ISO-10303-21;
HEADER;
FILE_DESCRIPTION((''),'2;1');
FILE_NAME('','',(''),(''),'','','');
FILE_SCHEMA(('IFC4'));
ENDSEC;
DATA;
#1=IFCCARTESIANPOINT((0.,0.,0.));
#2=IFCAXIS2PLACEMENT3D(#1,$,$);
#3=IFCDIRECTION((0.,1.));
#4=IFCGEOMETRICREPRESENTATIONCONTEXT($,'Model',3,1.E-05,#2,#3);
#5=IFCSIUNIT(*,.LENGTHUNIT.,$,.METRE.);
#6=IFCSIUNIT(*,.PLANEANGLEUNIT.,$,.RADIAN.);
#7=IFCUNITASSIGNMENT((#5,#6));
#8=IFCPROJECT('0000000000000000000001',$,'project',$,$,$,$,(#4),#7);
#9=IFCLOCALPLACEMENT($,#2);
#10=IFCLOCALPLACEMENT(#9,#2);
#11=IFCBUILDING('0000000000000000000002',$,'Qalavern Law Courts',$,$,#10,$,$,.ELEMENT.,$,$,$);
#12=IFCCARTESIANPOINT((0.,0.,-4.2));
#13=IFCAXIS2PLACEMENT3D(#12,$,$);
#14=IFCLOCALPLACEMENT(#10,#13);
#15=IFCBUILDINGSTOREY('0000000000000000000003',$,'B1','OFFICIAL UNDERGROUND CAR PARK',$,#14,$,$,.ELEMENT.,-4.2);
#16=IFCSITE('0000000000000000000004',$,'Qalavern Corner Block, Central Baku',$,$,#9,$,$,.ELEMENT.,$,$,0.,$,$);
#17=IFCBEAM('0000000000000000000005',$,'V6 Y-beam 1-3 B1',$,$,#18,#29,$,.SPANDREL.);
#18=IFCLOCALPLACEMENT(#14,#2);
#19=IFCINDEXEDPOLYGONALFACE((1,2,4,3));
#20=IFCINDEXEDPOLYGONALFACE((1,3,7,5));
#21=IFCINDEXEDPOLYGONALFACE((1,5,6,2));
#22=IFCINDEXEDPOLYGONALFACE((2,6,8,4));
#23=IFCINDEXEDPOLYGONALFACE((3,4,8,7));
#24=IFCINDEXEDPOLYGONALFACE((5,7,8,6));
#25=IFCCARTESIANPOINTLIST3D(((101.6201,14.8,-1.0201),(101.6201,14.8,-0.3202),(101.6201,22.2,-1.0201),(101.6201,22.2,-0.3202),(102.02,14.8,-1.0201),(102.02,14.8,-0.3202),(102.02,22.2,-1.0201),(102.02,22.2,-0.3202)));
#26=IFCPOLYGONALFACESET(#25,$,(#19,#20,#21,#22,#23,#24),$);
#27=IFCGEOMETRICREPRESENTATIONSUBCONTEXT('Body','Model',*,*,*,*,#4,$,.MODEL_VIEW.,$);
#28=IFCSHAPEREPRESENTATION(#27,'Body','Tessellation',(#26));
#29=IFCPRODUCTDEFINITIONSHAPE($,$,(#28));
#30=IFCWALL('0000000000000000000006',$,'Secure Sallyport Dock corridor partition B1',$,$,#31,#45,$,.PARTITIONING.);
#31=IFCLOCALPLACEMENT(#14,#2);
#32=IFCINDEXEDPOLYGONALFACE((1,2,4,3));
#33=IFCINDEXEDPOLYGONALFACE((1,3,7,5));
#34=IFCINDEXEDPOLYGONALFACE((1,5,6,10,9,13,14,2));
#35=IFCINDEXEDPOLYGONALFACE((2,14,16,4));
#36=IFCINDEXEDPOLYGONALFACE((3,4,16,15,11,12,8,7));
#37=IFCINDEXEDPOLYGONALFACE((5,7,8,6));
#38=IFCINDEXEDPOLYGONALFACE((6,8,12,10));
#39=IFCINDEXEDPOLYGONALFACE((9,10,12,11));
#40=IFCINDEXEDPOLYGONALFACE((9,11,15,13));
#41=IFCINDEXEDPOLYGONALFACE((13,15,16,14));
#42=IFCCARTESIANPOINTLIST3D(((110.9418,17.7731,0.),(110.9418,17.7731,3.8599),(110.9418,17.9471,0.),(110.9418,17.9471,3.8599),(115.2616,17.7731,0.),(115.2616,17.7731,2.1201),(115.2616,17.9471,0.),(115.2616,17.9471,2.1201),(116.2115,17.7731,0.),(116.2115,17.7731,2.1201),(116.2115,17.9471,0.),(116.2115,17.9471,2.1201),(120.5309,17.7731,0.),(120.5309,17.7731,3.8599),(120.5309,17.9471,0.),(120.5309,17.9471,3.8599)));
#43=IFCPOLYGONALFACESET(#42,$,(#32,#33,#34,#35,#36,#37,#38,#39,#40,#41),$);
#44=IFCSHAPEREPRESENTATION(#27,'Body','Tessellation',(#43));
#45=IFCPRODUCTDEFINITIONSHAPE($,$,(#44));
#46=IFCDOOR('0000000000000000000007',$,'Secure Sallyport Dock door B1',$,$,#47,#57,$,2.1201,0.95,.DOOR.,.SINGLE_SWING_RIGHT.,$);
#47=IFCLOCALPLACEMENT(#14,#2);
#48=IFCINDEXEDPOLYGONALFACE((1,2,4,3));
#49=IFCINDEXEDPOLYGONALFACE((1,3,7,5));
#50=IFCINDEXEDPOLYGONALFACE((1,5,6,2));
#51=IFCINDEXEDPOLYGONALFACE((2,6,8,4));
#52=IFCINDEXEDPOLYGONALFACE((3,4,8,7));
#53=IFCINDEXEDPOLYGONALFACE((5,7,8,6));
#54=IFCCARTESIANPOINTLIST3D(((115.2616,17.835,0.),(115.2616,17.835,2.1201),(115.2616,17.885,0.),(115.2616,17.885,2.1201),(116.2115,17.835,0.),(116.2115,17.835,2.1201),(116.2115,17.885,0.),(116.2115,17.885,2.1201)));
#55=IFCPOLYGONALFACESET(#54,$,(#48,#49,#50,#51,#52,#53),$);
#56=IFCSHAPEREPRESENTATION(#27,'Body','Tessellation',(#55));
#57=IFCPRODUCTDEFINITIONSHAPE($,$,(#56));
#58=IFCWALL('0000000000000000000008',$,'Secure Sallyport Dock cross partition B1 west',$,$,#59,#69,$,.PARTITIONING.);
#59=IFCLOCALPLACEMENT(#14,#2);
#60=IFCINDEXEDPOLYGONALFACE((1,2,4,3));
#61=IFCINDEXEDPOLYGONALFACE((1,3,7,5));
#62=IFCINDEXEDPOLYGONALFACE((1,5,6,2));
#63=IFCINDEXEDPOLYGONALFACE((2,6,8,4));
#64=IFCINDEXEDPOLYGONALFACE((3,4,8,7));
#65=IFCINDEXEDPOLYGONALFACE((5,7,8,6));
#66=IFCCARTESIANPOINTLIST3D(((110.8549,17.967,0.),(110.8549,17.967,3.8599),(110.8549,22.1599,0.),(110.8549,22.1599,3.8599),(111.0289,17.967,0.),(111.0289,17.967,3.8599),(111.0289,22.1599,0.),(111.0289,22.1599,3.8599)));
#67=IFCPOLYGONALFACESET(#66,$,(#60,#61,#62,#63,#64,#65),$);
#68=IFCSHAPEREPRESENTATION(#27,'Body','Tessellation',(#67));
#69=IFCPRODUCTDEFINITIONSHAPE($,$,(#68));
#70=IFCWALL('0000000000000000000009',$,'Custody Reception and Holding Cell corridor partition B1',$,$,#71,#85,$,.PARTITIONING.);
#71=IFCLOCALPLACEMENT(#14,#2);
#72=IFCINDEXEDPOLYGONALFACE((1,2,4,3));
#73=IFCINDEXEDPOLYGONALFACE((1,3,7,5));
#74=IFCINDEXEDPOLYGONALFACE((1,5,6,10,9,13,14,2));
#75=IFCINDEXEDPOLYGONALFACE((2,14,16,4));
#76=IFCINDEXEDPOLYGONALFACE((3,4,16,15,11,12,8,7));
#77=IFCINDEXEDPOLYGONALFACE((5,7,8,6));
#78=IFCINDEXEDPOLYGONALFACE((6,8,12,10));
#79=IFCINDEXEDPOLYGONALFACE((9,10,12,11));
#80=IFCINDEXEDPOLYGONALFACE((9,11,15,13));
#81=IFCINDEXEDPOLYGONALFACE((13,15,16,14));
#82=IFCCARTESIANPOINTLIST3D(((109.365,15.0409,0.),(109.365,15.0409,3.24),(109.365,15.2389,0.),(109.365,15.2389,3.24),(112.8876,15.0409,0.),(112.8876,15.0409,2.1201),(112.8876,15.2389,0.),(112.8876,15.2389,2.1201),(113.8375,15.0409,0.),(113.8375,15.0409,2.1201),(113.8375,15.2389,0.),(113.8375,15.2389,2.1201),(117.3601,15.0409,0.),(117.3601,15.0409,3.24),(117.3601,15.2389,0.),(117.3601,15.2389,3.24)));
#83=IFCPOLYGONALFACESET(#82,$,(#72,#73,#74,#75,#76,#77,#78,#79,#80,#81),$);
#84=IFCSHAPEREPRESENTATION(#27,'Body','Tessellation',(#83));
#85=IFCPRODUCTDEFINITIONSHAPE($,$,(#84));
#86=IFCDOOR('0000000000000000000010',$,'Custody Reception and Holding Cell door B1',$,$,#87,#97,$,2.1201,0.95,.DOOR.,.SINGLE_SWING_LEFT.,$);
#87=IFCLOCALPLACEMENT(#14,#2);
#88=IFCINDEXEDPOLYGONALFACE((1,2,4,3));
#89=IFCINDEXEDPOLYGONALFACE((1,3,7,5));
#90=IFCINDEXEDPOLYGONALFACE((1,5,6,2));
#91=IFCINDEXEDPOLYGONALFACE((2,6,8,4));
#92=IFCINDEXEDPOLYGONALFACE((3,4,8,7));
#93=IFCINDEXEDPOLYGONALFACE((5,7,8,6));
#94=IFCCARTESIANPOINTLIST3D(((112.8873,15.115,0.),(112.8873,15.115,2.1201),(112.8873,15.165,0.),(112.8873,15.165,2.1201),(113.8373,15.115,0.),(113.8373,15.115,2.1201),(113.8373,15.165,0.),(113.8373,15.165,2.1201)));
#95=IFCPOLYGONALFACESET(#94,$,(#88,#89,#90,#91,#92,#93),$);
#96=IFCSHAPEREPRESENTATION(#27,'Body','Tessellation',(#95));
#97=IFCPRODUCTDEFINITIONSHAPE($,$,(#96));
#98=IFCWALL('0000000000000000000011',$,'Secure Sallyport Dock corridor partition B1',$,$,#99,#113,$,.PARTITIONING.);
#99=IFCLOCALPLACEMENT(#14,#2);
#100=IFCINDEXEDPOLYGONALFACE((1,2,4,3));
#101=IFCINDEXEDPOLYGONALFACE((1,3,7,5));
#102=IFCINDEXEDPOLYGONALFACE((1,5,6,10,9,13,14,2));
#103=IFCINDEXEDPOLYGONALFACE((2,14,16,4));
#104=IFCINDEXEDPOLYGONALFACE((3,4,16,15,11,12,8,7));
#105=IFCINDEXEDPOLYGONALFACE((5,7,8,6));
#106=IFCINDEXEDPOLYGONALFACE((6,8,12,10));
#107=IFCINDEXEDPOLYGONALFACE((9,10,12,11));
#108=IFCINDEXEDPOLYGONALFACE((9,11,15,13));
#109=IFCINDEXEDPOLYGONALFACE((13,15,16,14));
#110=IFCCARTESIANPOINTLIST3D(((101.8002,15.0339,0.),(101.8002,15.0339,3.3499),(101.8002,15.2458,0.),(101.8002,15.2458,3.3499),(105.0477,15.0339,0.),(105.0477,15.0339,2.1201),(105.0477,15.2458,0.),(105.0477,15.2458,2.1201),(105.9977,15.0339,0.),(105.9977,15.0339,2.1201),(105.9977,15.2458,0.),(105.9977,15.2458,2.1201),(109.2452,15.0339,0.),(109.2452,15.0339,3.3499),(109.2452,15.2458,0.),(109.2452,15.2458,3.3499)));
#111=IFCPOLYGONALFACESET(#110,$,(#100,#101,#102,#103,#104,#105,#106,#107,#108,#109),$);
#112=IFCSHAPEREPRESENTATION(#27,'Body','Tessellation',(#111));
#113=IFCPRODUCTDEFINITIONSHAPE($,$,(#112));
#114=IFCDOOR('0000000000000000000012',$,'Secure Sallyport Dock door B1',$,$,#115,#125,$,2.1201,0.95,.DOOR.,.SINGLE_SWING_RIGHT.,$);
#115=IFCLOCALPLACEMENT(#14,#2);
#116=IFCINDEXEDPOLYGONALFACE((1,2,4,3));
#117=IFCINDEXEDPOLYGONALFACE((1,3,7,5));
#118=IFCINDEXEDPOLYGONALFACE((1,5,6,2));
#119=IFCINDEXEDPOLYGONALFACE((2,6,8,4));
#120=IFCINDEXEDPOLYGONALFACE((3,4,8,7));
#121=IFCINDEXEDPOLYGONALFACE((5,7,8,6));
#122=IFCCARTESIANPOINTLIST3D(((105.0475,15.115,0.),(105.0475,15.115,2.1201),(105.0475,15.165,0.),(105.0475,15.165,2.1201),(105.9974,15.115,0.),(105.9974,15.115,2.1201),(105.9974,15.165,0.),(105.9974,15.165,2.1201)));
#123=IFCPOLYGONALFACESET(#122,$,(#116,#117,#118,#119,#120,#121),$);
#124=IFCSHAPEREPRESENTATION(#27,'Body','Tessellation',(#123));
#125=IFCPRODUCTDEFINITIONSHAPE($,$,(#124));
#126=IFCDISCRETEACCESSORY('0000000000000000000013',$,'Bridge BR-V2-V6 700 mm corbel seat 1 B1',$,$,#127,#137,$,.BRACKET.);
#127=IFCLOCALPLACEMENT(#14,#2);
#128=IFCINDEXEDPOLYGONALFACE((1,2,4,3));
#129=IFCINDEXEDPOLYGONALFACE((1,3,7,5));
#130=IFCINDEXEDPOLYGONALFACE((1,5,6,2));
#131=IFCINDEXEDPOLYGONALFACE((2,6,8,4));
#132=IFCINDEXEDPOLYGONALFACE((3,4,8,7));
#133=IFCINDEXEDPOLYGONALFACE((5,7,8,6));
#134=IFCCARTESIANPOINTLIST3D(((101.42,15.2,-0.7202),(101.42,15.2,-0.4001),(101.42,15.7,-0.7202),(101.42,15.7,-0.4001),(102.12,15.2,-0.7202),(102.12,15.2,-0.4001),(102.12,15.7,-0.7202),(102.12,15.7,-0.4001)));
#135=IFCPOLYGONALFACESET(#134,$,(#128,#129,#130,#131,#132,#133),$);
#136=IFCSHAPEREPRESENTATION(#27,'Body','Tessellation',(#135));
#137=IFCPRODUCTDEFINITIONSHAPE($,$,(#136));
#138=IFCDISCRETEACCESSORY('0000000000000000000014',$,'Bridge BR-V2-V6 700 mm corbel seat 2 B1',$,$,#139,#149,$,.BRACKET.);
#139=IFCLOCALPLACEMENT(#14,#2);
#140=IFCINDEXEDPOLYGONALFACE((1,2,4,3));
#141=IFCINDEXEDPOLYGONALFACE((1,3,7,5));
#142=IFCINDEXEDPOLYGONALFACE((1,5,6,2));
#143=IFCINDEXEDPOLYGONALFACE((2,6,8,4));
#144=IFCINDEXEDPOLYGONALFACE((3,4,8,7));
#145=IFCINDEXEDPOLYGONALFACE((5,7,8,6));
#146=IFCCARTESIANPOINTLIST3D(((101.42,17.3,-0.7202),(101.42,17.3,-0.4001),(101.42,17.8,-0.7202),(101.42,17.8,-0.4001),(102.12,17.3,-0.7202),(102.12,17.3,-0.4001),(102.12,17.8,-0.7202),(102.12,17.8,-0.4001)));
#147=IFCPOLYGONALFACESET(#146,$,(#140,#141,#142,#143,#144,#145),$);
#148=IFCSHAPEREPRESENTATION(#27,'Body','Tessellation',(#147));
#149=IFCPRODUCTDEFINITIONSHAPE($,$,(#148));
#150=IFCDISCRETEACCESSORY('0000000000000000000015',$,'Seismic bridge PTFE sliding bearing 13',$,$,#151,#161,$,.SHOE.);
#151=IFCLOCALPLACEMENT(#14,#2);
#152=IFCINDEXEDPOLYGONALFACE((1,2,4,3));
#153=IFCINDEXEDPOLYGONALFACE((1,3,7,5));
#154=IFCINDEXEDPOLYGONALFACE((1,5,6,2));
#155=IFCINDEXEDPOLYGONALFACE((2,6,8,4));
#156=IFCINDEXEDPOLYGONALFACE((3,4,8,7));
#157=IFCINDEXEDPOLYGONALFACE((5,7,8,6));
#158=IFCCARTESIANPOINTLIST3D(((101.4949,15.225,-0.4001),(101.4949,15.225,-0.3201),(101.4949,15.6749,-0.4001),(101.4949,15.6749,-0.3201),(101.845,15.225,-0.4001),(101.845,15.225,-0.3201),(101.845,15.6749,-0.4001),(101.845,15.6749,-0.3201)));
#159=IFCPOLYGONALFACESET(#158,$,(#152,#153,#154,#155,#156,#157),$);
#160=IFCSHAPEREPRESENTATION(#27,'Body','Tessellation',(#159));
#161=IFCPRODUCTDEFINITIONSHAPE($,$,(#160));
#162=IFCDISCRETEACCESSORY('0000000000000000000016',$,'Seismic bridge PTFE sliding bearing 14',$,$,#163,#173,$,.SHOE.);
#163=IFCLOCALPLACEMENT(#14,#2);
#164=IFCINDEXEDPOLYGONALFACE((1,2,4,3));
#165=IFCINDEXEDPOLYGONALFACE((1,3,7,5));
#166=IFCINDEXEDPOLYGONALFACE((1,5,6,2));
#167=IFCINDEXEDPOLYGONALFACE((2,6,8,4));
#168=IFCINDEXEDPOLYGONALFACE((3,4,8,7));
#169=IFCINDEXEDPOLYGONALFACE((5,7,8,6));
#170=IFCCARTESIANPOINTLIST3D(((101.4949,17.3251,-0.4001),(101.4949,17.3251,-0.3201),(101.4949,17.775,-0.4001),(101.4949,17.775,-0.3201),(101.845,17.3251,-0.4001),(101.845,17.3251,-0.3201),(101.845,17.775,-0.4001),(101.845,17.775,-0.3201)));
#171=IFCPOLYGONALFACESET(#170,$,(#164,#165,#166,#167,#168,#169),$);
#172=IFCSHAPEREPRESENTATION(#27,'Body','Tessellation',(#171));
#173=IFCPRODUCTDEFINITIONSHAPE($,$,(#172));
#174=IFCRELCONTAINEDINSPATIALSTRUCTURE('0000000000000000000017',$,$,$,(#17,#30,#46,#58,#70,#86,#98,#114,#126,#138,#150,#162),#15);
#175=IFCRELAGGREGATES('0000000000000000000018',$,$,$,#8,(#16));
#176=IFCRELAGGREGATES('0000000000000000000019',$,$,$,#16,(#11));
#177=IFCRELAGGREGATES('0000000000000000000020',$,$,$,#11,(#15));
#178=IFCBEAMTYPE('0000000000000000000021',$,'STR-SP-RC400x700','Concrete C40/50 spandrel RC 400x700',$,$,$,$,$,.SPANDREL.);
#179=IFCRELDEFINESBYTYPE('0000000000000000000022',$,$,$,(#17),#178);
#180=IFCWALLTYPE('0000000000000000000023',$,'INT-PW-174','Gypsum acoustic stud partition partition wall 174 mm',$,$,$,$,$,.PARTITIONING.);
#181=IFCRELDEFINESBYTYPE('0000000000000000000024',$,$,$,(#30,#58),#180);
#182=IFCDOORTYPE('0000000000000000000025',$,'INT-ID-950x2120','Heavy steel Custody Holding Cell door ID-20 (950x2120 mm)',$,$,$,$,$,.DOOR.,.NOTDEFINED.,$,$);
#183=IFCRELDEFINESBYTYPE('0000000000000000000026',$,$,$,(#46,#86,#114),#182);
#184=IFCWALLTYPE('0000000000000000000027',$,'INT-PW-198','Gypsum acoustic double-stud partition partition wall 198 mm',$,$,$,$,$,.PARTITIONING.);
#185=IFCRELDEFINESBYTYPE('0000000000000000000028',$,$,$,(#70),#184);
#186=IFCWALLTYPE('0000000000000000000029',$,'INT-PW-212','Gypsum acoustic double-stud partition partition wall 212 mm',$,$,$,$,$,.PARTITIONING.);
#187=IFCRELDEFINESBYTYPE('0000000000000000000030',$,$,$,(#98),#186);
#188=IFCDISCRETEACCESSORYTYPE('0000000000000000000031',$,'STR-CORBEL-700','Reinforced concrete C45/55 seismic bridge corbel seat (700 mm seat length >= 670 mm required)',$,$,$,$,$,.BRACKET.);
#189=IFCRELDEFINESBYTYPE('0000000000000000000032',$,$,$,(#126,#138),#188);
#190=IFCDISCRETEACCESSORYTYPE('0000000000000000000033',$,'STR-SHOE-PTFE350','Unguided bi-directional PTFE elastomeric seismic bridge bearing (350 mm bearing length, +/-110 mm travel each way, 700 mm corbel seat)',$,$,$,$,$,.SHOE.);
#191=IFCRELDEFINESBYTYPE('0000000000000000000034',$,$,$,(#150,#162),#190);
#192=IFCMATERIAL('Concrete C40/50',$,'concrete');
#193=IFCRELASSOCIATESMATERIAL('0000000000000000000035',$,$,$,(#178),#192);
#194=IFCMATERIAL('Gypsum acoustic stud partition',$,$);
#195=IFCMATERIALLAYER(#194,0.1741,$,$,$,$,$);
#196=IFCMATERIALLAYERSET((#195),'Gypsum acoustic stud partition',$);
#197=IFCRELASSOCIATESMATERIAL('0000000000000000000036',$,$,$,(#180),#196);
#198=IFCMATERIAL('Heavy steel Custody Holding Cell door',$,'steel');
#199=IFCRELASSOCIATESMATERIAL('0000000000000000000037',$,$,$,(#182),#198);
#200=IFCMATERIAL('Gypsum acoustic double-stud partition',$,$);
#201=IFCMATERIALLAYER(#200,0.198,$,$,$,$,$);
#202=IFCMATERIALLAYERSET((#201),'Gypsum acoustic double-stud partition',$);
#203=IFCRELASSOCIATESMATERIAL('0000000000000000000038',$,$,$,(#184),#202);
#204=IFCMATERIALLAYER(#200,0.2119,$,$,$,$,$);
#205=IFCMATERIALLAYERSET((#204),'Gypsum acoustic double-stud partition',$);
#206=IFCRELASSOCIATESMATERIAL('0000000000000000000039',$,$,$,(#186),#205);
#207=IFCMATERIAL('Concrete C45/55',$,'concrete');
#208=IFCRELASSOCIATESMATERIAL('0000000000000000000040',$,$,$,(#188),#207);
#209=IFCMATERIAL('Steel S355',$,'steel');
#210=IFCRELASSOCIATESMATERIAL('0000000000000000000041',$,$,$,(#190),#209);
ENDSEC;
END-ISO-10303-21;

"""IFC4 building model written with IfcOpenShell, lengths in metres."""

from ifc_helpers import new_model, si_unit, direction, frame, frame_2d, origin, origin_2d, place, context, subcontext, project, spatial, rectangle, extrude, material, layer, layer_set, material_profile, profile_set, type_object, element, fill, save


model = new_model("IFC4")

# Units and contexts
model_context = context("Model", 3, precision=1e-05, world=origin(), true_north=direction((0.0, 1.0)))
body_context = subcontext(model_context, "Body", "Model", "MODEL_VIEW")
ifc_project = project(units=[si_unit("LENGTHUNIT", "METRE"), si_unit("PLANEANGLEUNIT", "RADIAN")], contexts=[model_context])

# Site, building, storey
site_placement = place(None, origin())
site = spatial("IfcSite", under=ifc_project, at=site_placement, Name="Qalavern Corner Block, Central Baku", CompositionType="ELEMENT", RefElevation=0.0)
building_placement = place(site_placement, origin())
building = spatial("IfcBuilding", under=site, at=building_placement, Name="Qalavern Law Courts", CompositionType="ELEMENT")
storey_placement = place(building_placement, frame((0.0, 0.0, -4.2)))
storey = spatial("IfcBuildingStorey", under=building, at=storey_placement, Name="B1", Description="OFFICIAL UNDERGROUND CAR PARK", CompositionType="ELEMENT", Elevation=-4.2)

# Shared definitions
ifc_material_1 = material(Name="Concrete C45/55", Category="concrete")

# Beam
ifc_material_2 = material(Name="Steel S355", Category="steel")
ifc_material_3 = material(Name="Concrete C40/50", Category="concrete")
ifc_material_profile_1 = material_profile(ifc_material_3, rectangle(XDim=0.3999, YDim=0.7, at=origin_2d()), Name="RC 400x700")
ifc_profile_set_1 = profile_set([ifc_material_profile_1], Name="Concrete C40/50")
beam_type_1 = type_object("IfcBeamType", Name="STR-SP-RC400x700", Description="Concrete C40/50 spandrel RC 400x700", PredefinedType="SPANDREL", material=ifc_profile_set_1)
beam_1_placement = place(storey_placement, frame((101.8201, 14.8, -0.6702), z_axis=(0.0, 1.0, 0.0), x_axis=(-1.0, 0.0, 0.0)))
element("IfcBeam", 1, at=beam_1_placement, inside=storey, type_object=beam_type_1, Name="V6 Y-beam 1-3 B1", PredefinedType="SPANDREL", context=body_context, shape_type="SweptSolid", body=[
    extrude(rectangle(XDim=0.3999, YDim=0.7, at=origin_2d()), origin(), (0.0, 0.0, 1.0), 7.3999),
])

# Wall, opening, door
ifc_material_4 = material(Name="Gypsum acoustic stud partition")
ifc_layer_1 = layer(ifc_material_4, 0.1741)
ifc_layer_set_1 = layer_set([ifc_layer_1], Name="Gypsum acoustic stud partition")
wall_type_1 = type_object("IfcWallType", Name="INT-PW-174", Description="Gypsum acoustic stud partition partition wall 174 mm", PredefinedType="PARTITIONING", material=ifc_layer_set_1)
wall_1_placement = place(storey_placement, frame((110.9419, 17.8601, 0.0), z_axis=(0.0, 0.0, 1.0), x_axis=(1.0, 0.0, 0.0)))
wall_1 = element("IfcWall", 2, at=wall_1_placement, inside=storey, type_object=wall_type_1, Name="Secure Sallyport Dock corridor partition B1", PredefinedType="PARTITIONING", context=body_context, shape_type="SweptSolid", body=[
    extrude(rectangle(XDim=9.5891, YDim=0.1741, at=frame_2d((4.7944, 0.0))), origin(), (0.0, 0.0, 1.0), 3.8599),
])
opening_1_placement = place(wall_1_placement, frame((4.3196, 0.0, 0.0)))
opening_1 = element("IfcOpeningElement", 3, at=opening_1_placement, cuts=wall_1, PredefinedType="OPENING", context=body_context, shape_type="SweptSolid", body=[
    extrude(rectangle(XDim=0.95, YDim=2.1201, at=frame_2d((0.4751, 1.0601))), frame((0.0, 0.1021, 0.0), z_axis=(0.0, -1.0, 0.0), x_axis=(1.0, 0.0, 0.0)), (0.0, 0.0, 1.0), 0.2039),
])
ifc_material_5 = material(Name="Heavy steel Custody Holding Cell door", Category="steel")
door_type = type_object("IfcDoorType", Name="INT-ID-950x2120", Description="Heavy steel Custody Holding Cell door ID-20 (950x2120 mm)", OperationType="NOTDEFINED", PredefinedType="DOOR", material=ifc_material_5)
door_1_placement = place(opening_1_placement, origin())
door_1 = element("IfcDoor", 4, at=door_1_placement, inside=storey, type_object=door_type, Name="Secure Sallyport Dock door B1", OperationType="SINGLE_SWING_RIGHT", OverallHeight=2.1201, OverallWidth=0.95, PredefinedType="DOOR", context=body_context, shape_type="SweptSolid", body=[
    extrude(rectangle(XDim=0.95, YDim=2.1201, at=frame_2d((0.4751, 1.0601))), frame((0.0, 0.0249, 0.0), z_axis=(0.0, -1.0, 0.0), x_axis=(1.0, 0.0, 0.0)), (0.0, 0.0, 1.0), 0.05),
])
fill(opening_1, door_1)

# Wall
wall_2_placement = place(storey_placement, frame((110.9419, 17.967, 0.0), z_axis=(0.0, 0.0, 1.0), x_axis=(0.0, 1.0, 0.0)))
element("IfcWall", 5, at=wall_2_placement, inside=storey, type_object=wall_type_1, Name="Secure Sallyport Dock cross partition B1 west", PredefinedType="PARTITIONING", context=body_context, shape_type="SweptSolid", body=[
    extrude(rectangle(XDim=4.1929, YDim=0.1741, at=frame_2d((2.0964, 0.0))), origin(), (0.0, 0.0, 1.0), 3.8599),
])

# Walls, openings, doors
ifc_material_6 = material(Name="Gypsum acoustic double-stud partition")
ifc_layer_2 = layer(ifc_material_6, 0.198)
ifc_layer_set_2 = layer_set([ifc_layer_2], Name="Gypsum acoustic double-stud partition")
wall_type_2 = type_object("IfcWallType", Name="INT-PW-198", Description="Gypsum acoustic double-stud partition partition wall 198 mm", PredefinedType="PARTITIONING", material=ifc_layer_set_2)
wall_3_placement = place(storey_placement, frame((109.365, 15.1399, 0.0), z_axis=(0.0, 0.0, 1.0), x_axis=(1.0, 0.0, 0.0)))
wall_3 = element("IfcWall", 6, at=wall_3_placement, inside=storey, type_object=wall_type_2, Name="Custody Reception and Holding Cell corridor partition B1", PredefinedType="PARTITIONING", context=body_context, shape_type="SweptSolid", body=[
    extrude(rectangle(XDim=7.9951, YDim=0.198, at=frame_2d((3.9976, 0.0))), origin(), (0.0, 0.0, 1.0), 3.24),
])
opening_2_placement = place(wall_3_placement, frame((3.5225, 0.0, 0.0)))
opening_2 = element("IfcOpeningElement", 7, at=opening_2_placement, cuts=wall_3, PredefinedType="OPENING", context=body_context, shape_type="SweptSolid", body=[
    extrude(rectangle(XDim=0.95, YDim=2.1201, at=frame_2d((0.4751, 1.0601))), frame((0.0, 0.1138, 0.0), z_axis=(0.0, -1.0, 0.0), x_axis=(1.0, 0.0, 0.0)), (0.0, 0.0, 1.0), 0.2278),
])
door_2_placement = place(opening_2_placement, frame((0.95, 0.0, 0.0), z_axis=(0.0, 0.0, 1.0), x_axis=(-1.0, 0.0, 0.0)))
door_2 = element("IfcDoor", 8, at=door_2_placement, inside=storey, type_object=door_type, Name="Custody Reception and Holding Cell door B1", OperationType="SINGLE_SWING_LEFT", OverallHeight=2.1201, OverallWidth=0.95, PredefinedType="DOOR", context=body_context, shape_type="SweptSolid", body=[
    extrude(rectangle(XDim=0.95, YDim=2.1201, at=frame_2d((0.4751, 1.0601))), frame((0.0, 0.0249, 0.0), z_axis=(0.0, -1.0, 0.0), x_axis=(1.0, 0.0, 0.0)), (0.0, 0.0, 1.0), 0.05),
])
fill(opening_2, door_2)
ifc_layer_3 = layer(ifc_material_6, 0.2119)
ifc_layer_set_3 = layer_set([ifc_layer_3], Name="Gypsum acoustic double-stud partition")
wall_type_3 = type_object("IfcWallType", Name="INT-PW-212", Description="Gypsum acoustic double-stud partition partition wall 212 mm", PredefinedType="PARTITIONING", material=ifc_layer_set_3)
wall_4_placement = place(storey_placement, frame((101.8, 15.1399, 0.0), z_axis=(0.0, 0.0, 1.0), x_axis=(1.0, 0.0, 0.0)))
wall_4 = element("IfcWall", 9, at=wall_4_placement, inside=storey, type_object=wall_type_3, Name="Secure Sallyport Dock corridor partition B1", PredefinedType="PARTITIONING", context=body_context, shape_type="SweptSolid", body=[
    extrude(rectangle(XDim=7.4451, YDim=0.2119, at=frame_2d((3.7227, 0.0))), origin(), (0.0, 0.0, 1.0), 3.3499),
])
opening_3_placement = place(wall_4_placement, frame((3.2476, 0.0, 0.0)))
opening_3 = element("IfcOpeningElement", 10, at=opening_3_placement, cuts=wall_4, PredefinedType="OPENING", context=body_context, shape_type="SweptSolid", body=[
    extrude(rectangle(XDim=0.95, YDim=2.1201, at=frame_2d((0.4751, 1.0601))), frame((0.0, 0.1208, 0.0), z_axis=(0.0, -1.0, 0.0), x_axis=(1.0, 0.0, 0.0)), (0.0, 0.0, 1.0), 0.2417),
])
door_3_placement = place(opening_3_placement, frame((0.95, 0.0, 0.0), z_axis=(0.0, 0.0, 1.0), x_axis=(-1.0, 0.0, 0.0)))
door_3 = element("IfcDoor", 11, at=door_3_placement, inside=storey, type_object=door_type, Name="Secure Sallyport Dock door B1", OperationType="SINGLE_SWING_RIGHT", OverallHeight=2.1201, OverallWidth=0.95, PredefinedType="DOOR", context=body_context, shape_type="SweptSolid", body=[
    extrude(rectangle(XDim=0.95, YDim=2.1201, at=frame_2d((0.4751, 1.0601))), frame((0.0, 0.0249, 0.0), z_axis=(0.0, -1.0, 0.0), x_axis=(1.0, 0.0, 0.0)), (0.0, 0.0, 1.0), 0.05),
])
fill(opening_3, door_3)

# Discrete accessories
discrete_accessory_type_1 = type_object("IfcDiscreteAccessoryType", Name="STR-CORBEL-700", Description="Reinforced concrete C45/55 seismic bridge corbel seat (700 mm seat length >= 670 mm required)", PredefinedType="BRACKET", material=ifc_material_1)
for number, where, z_axis, x_axis, name in (
    (12, (101.77, 15.45, -0.7202), (0.0, 0.0, 1.0), (1.0, 0.0, 0.0), "Bridge BR-V2-V6 700 mm corbel seat 1 B1"),
    (13, (101.77, 17.55, -0.7202), (0.0, 0.0, 1.0), (1.0, 0.0, 0.0), "Bridge BR-V2-V6 700 mm corbel seat 2 B1"),
):
    element("IfcDiscreteAccessory", number, at=place(storey_placement, frame(where, z_axis=z_axis, x_axis=x_axis)), inside=storey, type_object=discrete_accessory_type_1, Name=name, PredefinedType="BRACKET", context=body_context, shape_type="SweptSolid", body=[
        extrude(rectangle(XDim=0.7, YDim=0.5, at=origin_2d()), origin(), (0.0, 0.0, 1.0), 0.3201),
    ])
discrete_accessory_type_2 = type_object("IfcDiscreteAccessoryType", Name="STR-SHOE-PTFE350", Description="Unguided bi-directional PTFE elastomeric seismic bridge bearing (350 mm bearing length, +/-110 mm travel each way, 700 mm corbel seat)", PredefinedType="SHOE", material=ifc_material_2)
for number, where, z_axis, x_axis, name in (
    (14, (101.6699, 15.45, -0.4001), (0.0, 0.0, 1.0), (1.0, 0.0, 0.0), "Seismic bridge PTFE sliding bearing 13"),
    (15, (101.6699, 17.55, -0.4001), (0.0, 0.0, 1.0), (1.0, 0.0, 0.0), "Seismic bridge PTFE sliding bearing 14"),
):
    element("IfcDiscreteAccessory", number, at=place(storey_placement, frame(where, z_axis=z_axis, x_axis=x_axis)), inside=storey, type_object=discrete_accessory_type_2, Name=name, PredefinedType="SHOE", context=body_context, shape_type="SweptSolid", body=[
        extrude(rectangle(XDim=0.3501, YDim=0.45, at=origin_2d()), origin(), (0.0, 0.0, 1.0), 0.0801),
    ])

save(model, "model.ifc")
